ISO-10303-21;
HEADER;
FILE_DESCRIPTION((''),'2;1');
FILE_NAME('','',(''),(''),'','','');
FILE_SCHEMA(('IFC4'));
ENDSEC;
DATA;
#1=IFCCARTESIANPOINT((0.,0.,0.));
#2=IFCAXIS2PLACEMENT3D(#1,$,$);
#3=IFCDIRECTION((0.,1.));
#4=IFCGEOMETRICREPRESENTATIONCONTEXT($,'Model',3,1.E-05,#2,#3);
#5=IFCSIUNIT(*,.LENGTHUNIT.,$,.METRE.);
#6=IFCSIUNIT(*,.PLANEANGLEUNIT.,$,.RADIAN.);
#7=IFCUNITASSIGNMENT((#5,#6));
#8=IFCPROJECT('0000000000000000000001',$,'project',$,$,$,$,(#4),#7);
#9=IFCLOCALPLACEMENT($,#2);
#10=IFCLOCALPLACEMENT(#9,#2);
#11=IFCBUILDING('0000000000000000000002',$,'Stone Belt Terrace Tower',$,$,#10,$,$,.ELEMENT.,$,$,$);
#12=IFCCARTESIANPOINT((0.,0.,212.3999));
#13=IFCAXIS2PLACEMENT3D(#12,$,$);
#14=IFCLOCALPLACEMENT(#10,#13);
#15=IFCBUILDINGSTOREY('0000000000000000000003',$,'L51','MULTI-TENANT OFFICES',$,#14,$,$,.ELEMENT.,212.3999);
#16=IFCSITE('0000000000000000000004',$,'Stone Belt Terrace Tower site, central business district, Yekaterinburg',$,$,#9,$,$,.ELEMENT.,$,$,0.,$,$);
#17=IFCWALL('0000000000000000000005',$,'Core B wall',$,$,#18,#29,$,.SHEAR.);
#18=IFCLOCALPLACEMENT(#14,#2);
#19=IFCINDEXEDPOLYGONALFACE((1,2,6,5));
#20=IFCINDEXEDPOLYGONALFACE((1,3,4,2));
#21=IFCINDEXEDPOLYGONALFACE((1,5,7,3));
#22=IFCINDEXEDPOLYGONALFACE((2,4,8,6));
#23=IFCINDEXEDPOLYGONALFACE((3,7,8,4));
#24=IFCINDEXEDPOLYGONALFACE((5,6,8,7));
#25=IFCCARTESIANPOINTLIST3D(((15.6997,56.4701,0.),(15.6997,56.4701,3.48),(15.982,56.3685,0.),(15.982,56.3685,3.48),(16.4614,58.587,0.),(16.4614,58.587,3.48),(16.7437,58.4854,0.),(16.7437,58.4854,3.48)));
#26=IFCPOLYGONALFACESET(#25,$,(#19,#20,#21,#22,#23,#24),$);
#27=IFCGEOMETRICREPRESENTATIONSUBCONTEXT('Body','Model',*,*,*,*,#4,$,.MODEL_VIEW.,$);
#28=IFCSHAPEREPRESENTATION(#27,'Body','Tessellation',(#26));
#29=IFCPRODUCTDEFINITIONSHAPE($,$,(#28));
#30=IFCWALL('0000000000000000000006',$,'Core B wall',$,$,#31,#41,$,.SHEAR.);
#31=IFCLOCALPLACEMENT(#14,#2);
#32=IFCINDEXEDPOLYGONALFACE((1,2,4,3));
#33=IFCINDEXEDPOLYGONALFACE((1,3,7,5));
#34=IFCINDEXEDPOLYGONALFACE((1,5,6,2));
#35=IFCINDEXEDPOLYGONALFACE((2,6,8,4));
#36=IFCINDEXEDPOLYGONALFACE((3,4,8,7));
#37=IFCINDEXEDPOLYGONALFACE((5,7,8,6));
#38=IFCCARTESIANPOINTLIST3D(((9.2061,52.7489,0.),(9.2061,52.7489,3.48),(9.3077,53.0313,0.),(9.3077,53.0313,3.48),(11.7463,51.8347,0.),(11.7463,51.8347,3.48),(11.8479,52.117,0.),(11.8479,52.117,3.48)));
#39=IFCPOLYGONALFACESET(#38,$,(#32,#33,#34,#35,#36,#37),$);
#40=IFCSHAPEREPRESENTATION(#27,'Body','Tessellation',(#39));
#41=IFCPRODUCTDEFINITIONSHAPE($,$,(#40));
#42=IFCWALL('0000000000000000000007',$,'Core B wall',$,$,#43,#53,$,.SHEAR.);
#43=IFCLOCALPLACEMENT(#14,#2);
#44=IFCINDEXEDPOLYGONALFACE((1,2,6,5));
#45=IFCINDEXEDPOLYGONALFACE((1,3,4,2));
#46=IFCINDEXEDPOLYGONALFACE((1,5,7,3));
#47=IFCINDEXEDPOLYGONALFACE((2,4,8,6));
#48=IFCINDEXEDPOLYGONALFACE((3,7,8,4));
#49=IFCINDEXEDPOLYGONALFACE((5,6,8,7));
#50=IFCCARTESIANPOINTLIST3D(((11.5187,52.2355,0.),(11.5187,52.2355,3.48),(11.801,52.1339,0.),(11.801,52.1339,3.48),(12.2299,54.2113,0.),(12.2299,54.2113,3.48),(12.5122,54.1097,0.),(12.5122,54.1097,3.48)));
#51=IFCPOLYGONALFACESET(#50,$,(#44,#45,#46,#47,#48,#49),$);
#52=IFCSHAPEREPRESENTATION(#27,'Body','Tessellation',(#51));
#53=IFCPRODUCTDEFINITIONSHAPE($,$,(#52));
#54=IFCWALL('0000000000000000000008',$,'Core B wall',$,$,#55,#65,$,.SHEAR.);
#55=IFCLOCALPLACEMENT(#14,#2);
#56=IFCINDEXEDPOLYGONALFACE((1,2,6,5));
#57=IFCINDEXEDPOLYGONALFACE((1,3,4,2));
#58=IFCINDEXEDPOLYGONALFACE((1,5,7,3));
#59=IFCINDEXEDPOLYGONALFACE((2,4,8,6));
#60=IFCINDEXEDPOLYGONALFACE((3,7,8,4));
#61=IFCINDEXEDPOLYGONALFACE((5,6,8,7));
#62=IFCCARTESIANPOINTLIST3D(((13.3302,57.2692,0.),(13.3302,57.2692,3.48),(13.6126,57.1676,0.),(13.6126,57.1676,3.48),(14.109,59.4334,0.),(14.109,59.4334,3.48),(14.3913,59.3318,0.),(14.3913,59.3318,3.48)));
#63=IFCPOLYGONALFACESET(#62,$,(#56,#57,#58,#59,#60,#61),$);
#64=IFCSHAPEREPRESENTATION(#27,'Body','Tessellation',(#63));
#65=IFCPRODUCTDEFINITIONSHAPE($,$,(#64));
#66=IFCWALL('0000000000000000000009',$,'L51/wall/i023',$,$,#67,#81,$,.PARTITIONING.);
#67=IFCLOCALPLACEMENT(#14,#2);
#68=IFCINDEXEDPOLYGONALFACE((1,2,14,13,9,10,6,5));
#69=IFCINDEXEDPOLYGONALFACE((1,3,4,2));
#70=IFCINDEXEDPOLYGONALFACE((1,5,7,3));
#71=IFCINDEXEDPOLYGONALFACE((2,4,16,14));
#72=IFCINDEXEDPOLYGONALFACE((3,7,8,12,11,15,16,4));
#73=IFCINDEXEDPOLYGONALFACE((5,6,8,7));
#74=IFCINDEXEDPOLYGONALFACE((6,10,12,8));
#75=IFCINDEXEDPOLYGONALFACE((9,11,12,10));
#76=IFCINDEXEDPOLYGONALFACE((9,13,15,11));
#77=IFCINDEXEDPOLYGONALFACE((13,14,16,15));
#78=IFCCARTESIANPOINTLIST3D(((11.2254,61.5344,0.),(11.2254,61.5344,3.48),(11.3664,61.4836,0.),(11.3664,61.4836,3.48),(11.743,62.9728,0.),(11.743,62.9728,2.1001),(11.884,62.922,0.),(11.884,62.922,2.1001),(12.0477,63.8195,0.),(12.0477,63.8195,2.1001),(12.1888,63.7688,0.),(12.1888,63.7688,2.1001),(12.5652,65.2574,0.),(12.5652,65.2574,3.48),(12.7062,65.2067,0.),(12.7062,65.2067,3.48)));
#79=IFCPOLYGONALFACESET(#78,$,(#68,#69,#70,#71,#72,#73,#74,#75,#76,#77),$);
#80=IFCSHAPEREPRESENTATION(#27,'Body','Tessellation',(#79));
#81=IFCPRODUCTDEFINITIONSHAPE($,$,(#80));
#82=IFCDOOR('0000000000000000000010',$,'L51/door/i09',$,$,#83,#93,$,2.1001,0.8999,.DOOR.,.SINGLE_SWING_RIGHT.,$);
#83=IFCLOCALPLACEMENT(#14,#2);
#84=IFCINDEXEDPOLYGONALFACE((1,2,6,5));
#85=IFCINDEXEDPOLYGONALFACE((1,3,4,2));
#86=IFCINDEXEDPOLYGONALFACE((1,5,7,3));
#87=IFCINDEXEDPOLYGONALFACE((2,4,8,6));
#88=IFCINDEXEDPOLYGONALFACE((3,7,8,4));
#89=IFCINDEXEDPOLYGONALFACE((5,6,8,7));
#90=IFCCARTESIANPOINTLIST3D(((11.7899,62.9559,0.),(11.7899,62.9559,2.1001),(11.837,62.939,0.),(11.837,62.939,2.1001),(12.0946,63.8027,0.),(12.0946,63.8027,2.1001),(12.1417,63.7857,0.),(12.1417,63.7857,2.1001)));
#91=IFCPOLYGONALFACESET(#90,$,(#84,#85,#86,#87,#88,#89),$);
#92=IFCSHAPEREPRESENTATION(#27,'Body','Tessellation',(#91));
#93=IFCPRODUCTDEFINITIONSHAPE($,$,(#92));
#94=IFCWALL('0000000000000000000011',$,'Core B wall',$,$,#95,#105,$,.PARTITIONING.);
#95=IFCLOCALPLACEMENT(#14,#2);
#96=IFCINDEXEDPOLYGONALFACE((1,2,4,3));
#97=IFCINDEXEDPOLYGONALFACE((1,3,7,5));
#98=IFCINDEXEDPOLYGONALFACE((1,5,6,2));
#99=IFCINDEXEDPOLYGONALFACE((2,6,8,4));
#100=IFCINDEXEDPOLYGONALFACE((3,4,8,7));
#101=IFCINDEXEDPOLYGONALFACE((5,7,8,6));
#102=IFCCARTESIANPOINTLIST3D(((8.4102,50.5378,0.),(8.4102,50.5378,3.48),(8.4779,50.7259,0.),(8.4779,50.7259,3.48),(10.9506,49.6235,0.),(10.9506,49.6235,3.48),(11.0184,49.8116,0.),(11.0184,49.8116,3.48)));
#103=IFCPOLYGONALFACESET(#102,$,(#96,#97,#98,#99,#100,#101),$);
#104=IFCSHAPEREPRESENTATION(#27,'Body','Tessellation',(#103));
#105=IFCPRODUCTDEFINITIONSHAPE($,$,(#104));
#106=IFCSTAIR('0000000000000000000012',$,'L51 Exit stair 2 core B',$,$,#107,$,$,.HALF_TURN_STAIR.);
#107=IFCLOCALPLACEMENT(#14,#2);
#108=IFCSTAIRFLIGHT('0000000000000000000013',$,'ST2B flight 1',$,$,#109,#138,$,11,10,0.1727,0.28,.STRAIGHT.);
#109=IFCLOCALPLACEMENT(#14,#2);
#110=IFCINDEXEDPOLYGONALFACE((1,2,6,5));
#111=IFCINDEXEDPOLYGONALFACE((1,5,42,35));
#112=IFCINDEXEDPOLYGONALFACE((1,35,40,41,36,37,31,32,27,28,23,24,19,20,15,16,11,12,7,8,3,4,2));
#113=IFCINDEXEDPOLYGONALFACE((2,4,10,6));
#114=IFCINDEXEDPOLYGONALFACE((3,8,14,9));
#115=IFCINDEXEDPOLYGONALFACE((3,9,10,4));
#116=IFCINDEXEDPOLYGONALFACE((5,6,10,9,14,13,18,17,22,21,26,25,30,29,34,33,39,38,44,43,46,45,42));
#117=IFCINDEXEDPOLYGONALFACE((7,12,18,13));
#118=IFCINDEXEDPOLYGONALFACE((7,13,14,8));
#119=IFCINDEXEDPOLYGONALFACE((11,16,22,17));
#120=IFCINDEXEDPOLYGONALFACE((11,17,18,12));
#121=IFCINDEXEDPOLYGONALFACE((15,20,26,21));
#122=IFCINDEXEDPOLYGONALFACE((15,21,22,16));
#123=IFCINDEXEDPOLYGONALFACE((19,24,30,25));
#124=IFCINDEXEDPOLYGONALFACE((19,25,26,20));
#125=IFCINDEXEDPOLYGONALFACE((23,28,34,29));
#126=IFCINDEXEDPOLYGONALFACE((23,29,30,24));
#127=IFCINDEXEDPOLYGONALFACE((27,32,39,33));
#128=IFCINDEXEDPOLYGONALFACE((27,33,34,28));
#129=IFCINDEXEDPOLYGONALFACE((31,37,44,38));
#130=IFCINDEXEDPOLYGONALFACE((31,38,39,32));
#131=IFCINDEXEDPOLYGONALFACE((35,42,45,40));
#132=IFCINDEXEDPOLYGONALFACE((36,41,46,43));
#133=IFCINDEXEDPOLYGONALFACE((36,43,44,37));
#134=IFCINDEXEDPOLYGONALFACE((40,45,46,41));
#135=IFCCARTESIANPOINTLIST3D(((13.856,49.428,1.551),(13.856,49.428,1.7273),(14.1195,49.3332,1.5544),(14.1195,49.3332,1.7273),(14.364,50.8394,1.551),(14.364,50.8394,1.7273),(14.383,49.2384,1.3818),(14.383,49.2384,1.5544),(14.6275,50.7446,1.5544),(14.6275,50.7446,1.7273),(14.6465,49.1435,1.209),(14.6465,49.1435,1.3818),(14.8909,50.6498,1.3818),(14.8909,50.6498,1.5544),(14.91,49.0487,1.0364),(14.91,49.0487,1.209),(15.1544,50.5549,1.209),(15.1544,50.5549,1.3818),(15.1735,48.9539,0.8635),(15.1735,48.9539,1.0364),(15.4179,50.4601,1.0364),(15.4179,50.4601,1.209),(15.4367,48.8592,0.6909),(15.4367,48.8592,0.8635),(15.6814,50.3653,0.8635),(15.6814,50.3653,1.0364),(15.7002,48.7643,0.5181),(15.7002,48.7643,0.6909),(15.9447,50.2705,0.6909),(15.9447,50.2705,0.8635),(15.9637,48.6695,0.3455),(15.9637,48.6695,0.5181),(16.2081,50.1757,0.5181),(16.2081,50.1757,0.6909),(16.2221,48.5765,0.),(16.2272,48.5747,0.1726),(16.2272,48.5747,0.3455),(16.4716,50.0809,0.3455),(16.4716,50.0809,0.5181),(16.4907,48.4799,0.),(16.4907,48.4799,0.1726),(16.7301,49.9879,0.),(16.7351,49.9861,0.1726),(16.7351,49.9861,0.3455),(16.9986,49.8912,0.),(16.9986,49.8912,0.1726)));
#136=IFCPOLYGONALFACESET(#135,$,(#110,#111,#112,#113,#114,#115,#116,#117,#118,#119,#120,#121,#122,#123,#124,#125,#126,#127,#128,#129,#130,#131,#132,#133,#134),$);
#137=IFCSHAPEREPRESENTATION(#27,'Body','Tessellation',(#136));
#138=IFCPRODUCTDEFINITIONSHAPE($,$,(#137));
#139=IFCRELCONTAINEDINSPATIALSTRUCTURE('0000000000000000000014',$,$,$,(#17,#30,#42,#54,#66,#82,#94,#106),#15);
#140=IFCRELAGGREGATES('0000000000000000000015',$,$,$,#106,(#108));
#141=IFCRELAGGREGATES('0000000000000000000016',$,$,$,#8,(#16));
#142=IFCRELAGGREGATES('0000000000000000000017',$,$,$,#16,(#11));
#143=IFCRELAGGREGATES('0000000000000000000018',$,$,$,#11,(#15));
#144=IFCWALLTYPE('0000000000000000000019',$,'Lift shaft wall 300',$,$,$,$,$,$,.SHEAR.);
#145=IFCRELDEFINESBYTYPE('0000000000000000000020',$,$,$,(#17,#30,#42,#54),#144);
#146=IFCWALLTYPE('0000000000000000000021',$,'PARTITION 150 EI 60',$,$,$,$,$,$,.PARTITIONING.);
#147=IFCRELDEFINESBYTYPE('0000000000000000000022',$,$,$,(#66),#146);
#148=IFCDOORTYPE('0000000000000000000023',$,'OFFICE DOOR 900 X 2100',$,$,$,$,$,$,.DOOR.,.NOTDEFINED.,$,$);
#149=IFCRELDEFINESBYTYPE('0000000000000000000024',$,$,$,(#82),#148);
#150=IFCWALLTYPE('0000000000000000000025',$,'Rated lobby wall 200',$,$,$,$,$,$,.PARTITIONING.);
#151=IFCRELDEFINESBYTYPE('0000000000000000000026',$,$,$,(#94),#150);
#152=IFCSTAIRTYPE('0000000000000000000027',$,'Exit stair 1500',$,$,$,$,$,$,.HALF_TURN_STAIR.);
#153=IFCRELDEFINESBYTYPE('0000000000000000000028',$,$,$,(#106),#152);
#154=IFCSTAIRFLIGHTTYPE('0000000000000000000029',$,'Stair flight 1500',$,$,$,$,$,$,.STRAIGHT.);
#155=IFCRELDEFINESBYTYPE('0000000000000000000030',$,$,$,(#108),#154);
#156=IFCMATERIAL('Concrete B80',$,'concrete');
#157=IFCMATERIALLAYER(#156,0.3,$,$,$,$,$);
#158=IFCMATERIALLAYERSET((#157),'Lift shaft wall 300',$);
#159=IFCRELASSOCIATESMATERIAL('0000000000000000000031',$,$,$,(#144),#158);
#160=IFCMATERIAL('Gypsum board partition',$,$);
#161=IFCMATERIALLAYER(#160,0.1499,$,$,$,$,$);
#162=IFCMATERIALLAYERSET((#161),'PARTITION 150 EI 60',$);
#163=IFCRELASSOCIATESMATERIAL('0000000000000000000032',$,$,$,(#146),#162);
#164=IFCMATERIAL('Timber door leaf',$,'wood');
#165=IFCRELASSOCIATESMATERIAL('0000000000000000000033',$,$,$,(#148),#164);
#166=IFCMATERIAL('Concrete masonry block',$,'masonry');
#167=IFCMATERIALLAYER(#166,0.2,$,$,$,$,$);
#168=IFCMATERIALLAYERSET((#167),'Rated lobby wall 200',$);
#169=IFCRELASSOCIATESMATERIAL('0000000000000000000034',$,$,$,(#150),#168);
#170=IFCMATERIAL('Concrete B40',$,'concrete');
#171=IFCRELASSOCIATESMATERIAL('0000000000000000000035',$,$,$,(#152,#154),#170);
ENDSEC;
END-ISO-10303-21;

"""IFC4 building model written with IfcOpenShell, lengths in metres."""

from ifc_helpers import new_model, si_unit, direction, frame, frame_2d, origin, place, context, subcontext, project, spatial, polyline, rectangle, outline, extrude, material, layer, layer_set, type_object, element, fill, aggregate, save


model = new_model("IFC4")

# Units and contexts
model_context = context("Model", 3, precision=1e-05, world=origin(), true_north=direction((0.0, 1.0)))
body_context = subcontext(model_context, "Body", "Model", "MODEL_VIEW")
ifc_project = project(units=[si_unit("LENGTHUNIT", "METRE"), si_unit("PLANEANGLEUNIT", "RADIAN")], contexts=[model_context])

# Site, building, storey
site_placement = place(None, origin())
site = spatial("IfcSite", under=ifc_project, at=site_placement, Name="Stone Belt Terrace Tower site, central business district, Yekaterinburg", CompositionType="ELEMENT", RefElevation=0.0)
building_placement = place(site_placement, origin())
building = spatial("IfcBuilding", under=site, at=building_placement, Name="Stone Belt Terrace Tower", CompositionType="ELEMENT")
storey_placement = place(building_placement, frame((0.0, 0.0, 212.3999)))
storey = spatial("IfcBuildingStorey", under=building, at=storey_placement, Name="L51", Description="MULTI-TENANT OFFICES", CompositionType="ELEMENT", Elevation=212.3999)

# Shared definitions
ifc_material_1 = material(Name="Timber door leaf", Category="wood")

# Walls
ifc_material_2 = material(Name="Concrete B80", Category="concrete")
ifc_layer_1 = layer(ifc_material_2, 0.3)
ifc_layer_set_1 = layer_set([ifc_layer_1], Name="Lift shaft wall 300")
wall_type_1 = type_object("IfcWallType", Name="Lift shaft wall 300", PredefinedType="SHEAR", material=ifc_layer_set_1)
wall_1_placement = place(storey_placement, frame((15.8408, 56.4192, 0.0), z_axis=(0.0, 0.0, 1.0), x_axis=(0.33857, 0.940941, 0.0)))
element("IfcWall", 1, at=wall_1_placement, inside=storey, type_object=wall_type_1, Name="Core B wall", PredefinedType="SHEAR", context=body_context, shape_type="SweptSolid", body=[
    extrude(rectangle(XDim=2.2498, YDim=0.3, at=frame_2d((1.125, 0.0))), origin(), (0.0, 0.0, 1.0), 3.48),
])
wall_2_placement = place(storey_placement, frame((11.7971, 51.9758, 0.0), z_axis=(0.0, 0.0, 1.0), x_axis=(-0.94091, 0.338655, 0.0)))
element("IfcWall", 2, at=wall_2_placement, inside=storey, type_object=wall_type_1, Name="Core B wall", PredefinedType="SHEAR", context=body_context, shape_type="SweptSolid", body=[
    extrude(rectangle(XDim=2.6997, YDim=0.3, at=frame_2d((1.3499, 0.0))), origin(), (0.0, 0.0, 1.0), 3.48),
])
wall_3_placement = place(storey_placement, frame((11.6599, 52.1848, 0.0), z_axis=(0.0, 0.0, 1.0), x_axis=(0.33867, 0.940905, 0.0)))
element("IfcWall", 3, at=wall_3_placement, inside=storey, type_object=wall_type_1, Name="Core B wall", PredefinedType="SHEAR", context=body_context, shape_type="SweptSolid", body=[
    extrude(rectangle(XDim=2.0999, YDim=0.3, at=frame_2d((1.0498, 0.0))), origin(), (0.0, 0.0, 1.0), 3.48),
])
wall_4_placement = place(storey_placement, frame((13.4714, 57.2185, 0.0), z_axis=(0.0, 0.0, 1.0), x_axis=(0.338588, 0.940935, 0.0)))
element("IfcWall", 4, at=wall_4_placement, inside=storey, type_object=wall_type_1, Name="Core B wall", PredefinedType="SHEAR", context=body_context, shape_type="SweptSolid", body=[
    extrude(rectangle(XDim=2.3, YDim=0.3, at=frame_2d((1.1499, 0.0))), origin(), (0.0, 0.0, 1.0), 3.48),
])

# Wall, opening, door
ifc_material_3 = material(Name="Gypsum board partition")
ifc_layer_2 = layer(ifc_material_3, 0.1499)
ifc_layer_set_2 = layer_set([ifc_layer_2], Name="PARTITION 150 EI 60")
wall_type_2 = type_object("IfcWallType", Name="PARTITION 150 EI 60", PredefinedType="PARTITIONING", material=ifc_layer_set_2)
wall_5_placement = place(storey_placement, frame((12.6357, 65.2322, 0.0), z_axis=(0.0, 0.0, 1.0), x_axis=(-0.33861, -0.940927, 0.0)))
wall_5 = element("IfcWall", 5, at=wall_5_placement, inside=storey, type_object=wall_type_2, Name="L51/wall/i023", PredefinedType="PARTITIONING", context=body_context, shape_type="SweptSolid", body=[
    extrude(rectangle(XDim=3.9568, YDim=0.1499, at=frame_2d((1.9785, 0.0))), origin(), (0.0, 0.0, 1.0), 3.48),
])
opening_1_placement = place(wall_5_placement, frame((1.5283, 0.0, 0.0)))
opening_1 = element("IfcOpeningElement", 6, at=opening_1_placement, cuts=wall_5, PredefinedType="OPENING", context=body_context, shape_type="SweptSolid", body=[
    extrude(rectangle(XDim=0.8999, YDim=2.1001, at=frame_2d((0.45, 1.05))), frame((0.0, 0.085, 0.0), z_axis=(0.0, -1.0, 0.0), x_axis=(1.0, 0.0, 0.0)), (0.0, 0.0, 1.0), 0.1699),
])
door_type_1 = type_object("IfcDoorType", Name="OFFICE DOOR 900 X 2100", OperationType="NOTDEFINED", PredefinedType="DOOR", material=ifc_material_1)
door_1_placement = place(opening_1_placement, origin())
door_1 = element("IfcDoor", 7, at=door_1_placement, inside=storey, type_object=door_type_1, Name="L51/door/i09", OperationType="SINGLE_SWING_RIGHT", OverallHeight=2.1001, OverallWidth=0.8999, PredefinedType="DOOR", context=body_context, shape_type="SweptSolid", body=[
    extrude(rectangle(XDim=0.8999, YDim=2.1001, at=frame_2d((0.45, 1.05))), frame((0.0, 0.0249, 0.0), z_axis=(0.0, -1.0, 0.0), x_axis=(1.0, 0.0, 0.0)), (0.0, 0.0, 1.0), 0.05),
])
fill(opening_1, door_1)

# Wall
ifc_material_4 = material(Name="Concrete masonry block", Category="masonry")
ifc_layer_3 = layer(ifc_material_4, 0.2)
ifc_layer_set_3 = layer_set([ifc_layer_3], Name="Rated lobby wall 200")
wall_type_3 = type_object("IfcWallType", Name="Rated lobby wall 200", PredefinedType="PARTITIONING", material=ifc_layer_set_3)
wall_6_placement = place(storey_placement, frame((10.9846, 49.7175, 0.0), z_axis=(0.0, 0.0, 1.0), x_axis=(-0.940921, 0.338627, 0.0)))
element("IfcWall", 8, at=wall_6_placement, inside=storey, type_object=wall_type_3, Name="Core B wall", PredefinedType="PARTITIONING", context=body_context, shape_type="SweptSolid", body=[
    extrude(rectangle(XDim=2.7, YDim=0.2, at=frame_2d((1.3501, 0.0))), origin(), (0.0, 0.0, 1.0), 3.48),
])

# Stair, stair flight
ifc_material_5 = material(Name="Concrete B40", Category="concrete")
stair_type = type_object("IfcStairType", Name="Exit stair 1500", PredefinedType="HALF_TURN_STAIR", material=ifc_material_5)
stair_placement = place(storey_placement, origin())
stair = element("IfcStair", 9, at=stair_placement, inside=storey, type_object=stair_type, Name="L51 Exit stair 2 core B", PredefinedType="HALF_TURN_STAIR")
stair_flight_type = type_object("IfcStairFlightType", Name="Stair flight 1500", PredefinedType="STRAIGHT", material=ifc_material_5)
stair_flight_placement = place(storey_placement, frame((16.7446, 49.1855, 0.0), z_axis=(0.0, 0.0, 1.0), x_axis=(-0.940922, 0.338624, 0.0)))
stair_flight = element("IfcStairFlight", 10, at=stair_flight_placement, type_object=stair_flight_type, Name="ST2B flight 1", NumberOfRisers=11, NumberOfTreads=10, PredefinedType="STRAIGHT", RiserHeight=0.1727, TreadLength=0.28, context=body_context, shape_type="SweptSolid", body=[
    extrude(outline(polyline([(0.0, 0.0), (0.0, 0.1726), (0.28, 0.1726), (0.28, 0.3455), (0.5601, 0.3455), (0.5601, 0.5181), (0.8401, 0.5181), (0.8401, 0.6909), (1.1201, 0.6909), (1.1201, 0.8635), (1.3999, 0.8635), (1.3999, 1.0364), (1.6799, 1.0364), (1.6799, 1.209), (1.96, 1.209), (1.96, 1.3818), (2.24, 1.3818), (2.24, 1.5544), (2.52, 1.5544), (2.52, 1.7273), (2.8, 1.7273), (2.8, 1.8999), (2.8, 1.551), (0.2854, 0.0), (0.0, 0.0)])), frame((0.0, 0.75, 0.0), z_axis=(0.0, -1.0, 0.0), x_axis=(1.0, 0.0, 0.0)), (0.0, 0.0, 1.0), 1.5),
])
aggregate(stair, [stair_flight])

save(model, "model.ifc")
